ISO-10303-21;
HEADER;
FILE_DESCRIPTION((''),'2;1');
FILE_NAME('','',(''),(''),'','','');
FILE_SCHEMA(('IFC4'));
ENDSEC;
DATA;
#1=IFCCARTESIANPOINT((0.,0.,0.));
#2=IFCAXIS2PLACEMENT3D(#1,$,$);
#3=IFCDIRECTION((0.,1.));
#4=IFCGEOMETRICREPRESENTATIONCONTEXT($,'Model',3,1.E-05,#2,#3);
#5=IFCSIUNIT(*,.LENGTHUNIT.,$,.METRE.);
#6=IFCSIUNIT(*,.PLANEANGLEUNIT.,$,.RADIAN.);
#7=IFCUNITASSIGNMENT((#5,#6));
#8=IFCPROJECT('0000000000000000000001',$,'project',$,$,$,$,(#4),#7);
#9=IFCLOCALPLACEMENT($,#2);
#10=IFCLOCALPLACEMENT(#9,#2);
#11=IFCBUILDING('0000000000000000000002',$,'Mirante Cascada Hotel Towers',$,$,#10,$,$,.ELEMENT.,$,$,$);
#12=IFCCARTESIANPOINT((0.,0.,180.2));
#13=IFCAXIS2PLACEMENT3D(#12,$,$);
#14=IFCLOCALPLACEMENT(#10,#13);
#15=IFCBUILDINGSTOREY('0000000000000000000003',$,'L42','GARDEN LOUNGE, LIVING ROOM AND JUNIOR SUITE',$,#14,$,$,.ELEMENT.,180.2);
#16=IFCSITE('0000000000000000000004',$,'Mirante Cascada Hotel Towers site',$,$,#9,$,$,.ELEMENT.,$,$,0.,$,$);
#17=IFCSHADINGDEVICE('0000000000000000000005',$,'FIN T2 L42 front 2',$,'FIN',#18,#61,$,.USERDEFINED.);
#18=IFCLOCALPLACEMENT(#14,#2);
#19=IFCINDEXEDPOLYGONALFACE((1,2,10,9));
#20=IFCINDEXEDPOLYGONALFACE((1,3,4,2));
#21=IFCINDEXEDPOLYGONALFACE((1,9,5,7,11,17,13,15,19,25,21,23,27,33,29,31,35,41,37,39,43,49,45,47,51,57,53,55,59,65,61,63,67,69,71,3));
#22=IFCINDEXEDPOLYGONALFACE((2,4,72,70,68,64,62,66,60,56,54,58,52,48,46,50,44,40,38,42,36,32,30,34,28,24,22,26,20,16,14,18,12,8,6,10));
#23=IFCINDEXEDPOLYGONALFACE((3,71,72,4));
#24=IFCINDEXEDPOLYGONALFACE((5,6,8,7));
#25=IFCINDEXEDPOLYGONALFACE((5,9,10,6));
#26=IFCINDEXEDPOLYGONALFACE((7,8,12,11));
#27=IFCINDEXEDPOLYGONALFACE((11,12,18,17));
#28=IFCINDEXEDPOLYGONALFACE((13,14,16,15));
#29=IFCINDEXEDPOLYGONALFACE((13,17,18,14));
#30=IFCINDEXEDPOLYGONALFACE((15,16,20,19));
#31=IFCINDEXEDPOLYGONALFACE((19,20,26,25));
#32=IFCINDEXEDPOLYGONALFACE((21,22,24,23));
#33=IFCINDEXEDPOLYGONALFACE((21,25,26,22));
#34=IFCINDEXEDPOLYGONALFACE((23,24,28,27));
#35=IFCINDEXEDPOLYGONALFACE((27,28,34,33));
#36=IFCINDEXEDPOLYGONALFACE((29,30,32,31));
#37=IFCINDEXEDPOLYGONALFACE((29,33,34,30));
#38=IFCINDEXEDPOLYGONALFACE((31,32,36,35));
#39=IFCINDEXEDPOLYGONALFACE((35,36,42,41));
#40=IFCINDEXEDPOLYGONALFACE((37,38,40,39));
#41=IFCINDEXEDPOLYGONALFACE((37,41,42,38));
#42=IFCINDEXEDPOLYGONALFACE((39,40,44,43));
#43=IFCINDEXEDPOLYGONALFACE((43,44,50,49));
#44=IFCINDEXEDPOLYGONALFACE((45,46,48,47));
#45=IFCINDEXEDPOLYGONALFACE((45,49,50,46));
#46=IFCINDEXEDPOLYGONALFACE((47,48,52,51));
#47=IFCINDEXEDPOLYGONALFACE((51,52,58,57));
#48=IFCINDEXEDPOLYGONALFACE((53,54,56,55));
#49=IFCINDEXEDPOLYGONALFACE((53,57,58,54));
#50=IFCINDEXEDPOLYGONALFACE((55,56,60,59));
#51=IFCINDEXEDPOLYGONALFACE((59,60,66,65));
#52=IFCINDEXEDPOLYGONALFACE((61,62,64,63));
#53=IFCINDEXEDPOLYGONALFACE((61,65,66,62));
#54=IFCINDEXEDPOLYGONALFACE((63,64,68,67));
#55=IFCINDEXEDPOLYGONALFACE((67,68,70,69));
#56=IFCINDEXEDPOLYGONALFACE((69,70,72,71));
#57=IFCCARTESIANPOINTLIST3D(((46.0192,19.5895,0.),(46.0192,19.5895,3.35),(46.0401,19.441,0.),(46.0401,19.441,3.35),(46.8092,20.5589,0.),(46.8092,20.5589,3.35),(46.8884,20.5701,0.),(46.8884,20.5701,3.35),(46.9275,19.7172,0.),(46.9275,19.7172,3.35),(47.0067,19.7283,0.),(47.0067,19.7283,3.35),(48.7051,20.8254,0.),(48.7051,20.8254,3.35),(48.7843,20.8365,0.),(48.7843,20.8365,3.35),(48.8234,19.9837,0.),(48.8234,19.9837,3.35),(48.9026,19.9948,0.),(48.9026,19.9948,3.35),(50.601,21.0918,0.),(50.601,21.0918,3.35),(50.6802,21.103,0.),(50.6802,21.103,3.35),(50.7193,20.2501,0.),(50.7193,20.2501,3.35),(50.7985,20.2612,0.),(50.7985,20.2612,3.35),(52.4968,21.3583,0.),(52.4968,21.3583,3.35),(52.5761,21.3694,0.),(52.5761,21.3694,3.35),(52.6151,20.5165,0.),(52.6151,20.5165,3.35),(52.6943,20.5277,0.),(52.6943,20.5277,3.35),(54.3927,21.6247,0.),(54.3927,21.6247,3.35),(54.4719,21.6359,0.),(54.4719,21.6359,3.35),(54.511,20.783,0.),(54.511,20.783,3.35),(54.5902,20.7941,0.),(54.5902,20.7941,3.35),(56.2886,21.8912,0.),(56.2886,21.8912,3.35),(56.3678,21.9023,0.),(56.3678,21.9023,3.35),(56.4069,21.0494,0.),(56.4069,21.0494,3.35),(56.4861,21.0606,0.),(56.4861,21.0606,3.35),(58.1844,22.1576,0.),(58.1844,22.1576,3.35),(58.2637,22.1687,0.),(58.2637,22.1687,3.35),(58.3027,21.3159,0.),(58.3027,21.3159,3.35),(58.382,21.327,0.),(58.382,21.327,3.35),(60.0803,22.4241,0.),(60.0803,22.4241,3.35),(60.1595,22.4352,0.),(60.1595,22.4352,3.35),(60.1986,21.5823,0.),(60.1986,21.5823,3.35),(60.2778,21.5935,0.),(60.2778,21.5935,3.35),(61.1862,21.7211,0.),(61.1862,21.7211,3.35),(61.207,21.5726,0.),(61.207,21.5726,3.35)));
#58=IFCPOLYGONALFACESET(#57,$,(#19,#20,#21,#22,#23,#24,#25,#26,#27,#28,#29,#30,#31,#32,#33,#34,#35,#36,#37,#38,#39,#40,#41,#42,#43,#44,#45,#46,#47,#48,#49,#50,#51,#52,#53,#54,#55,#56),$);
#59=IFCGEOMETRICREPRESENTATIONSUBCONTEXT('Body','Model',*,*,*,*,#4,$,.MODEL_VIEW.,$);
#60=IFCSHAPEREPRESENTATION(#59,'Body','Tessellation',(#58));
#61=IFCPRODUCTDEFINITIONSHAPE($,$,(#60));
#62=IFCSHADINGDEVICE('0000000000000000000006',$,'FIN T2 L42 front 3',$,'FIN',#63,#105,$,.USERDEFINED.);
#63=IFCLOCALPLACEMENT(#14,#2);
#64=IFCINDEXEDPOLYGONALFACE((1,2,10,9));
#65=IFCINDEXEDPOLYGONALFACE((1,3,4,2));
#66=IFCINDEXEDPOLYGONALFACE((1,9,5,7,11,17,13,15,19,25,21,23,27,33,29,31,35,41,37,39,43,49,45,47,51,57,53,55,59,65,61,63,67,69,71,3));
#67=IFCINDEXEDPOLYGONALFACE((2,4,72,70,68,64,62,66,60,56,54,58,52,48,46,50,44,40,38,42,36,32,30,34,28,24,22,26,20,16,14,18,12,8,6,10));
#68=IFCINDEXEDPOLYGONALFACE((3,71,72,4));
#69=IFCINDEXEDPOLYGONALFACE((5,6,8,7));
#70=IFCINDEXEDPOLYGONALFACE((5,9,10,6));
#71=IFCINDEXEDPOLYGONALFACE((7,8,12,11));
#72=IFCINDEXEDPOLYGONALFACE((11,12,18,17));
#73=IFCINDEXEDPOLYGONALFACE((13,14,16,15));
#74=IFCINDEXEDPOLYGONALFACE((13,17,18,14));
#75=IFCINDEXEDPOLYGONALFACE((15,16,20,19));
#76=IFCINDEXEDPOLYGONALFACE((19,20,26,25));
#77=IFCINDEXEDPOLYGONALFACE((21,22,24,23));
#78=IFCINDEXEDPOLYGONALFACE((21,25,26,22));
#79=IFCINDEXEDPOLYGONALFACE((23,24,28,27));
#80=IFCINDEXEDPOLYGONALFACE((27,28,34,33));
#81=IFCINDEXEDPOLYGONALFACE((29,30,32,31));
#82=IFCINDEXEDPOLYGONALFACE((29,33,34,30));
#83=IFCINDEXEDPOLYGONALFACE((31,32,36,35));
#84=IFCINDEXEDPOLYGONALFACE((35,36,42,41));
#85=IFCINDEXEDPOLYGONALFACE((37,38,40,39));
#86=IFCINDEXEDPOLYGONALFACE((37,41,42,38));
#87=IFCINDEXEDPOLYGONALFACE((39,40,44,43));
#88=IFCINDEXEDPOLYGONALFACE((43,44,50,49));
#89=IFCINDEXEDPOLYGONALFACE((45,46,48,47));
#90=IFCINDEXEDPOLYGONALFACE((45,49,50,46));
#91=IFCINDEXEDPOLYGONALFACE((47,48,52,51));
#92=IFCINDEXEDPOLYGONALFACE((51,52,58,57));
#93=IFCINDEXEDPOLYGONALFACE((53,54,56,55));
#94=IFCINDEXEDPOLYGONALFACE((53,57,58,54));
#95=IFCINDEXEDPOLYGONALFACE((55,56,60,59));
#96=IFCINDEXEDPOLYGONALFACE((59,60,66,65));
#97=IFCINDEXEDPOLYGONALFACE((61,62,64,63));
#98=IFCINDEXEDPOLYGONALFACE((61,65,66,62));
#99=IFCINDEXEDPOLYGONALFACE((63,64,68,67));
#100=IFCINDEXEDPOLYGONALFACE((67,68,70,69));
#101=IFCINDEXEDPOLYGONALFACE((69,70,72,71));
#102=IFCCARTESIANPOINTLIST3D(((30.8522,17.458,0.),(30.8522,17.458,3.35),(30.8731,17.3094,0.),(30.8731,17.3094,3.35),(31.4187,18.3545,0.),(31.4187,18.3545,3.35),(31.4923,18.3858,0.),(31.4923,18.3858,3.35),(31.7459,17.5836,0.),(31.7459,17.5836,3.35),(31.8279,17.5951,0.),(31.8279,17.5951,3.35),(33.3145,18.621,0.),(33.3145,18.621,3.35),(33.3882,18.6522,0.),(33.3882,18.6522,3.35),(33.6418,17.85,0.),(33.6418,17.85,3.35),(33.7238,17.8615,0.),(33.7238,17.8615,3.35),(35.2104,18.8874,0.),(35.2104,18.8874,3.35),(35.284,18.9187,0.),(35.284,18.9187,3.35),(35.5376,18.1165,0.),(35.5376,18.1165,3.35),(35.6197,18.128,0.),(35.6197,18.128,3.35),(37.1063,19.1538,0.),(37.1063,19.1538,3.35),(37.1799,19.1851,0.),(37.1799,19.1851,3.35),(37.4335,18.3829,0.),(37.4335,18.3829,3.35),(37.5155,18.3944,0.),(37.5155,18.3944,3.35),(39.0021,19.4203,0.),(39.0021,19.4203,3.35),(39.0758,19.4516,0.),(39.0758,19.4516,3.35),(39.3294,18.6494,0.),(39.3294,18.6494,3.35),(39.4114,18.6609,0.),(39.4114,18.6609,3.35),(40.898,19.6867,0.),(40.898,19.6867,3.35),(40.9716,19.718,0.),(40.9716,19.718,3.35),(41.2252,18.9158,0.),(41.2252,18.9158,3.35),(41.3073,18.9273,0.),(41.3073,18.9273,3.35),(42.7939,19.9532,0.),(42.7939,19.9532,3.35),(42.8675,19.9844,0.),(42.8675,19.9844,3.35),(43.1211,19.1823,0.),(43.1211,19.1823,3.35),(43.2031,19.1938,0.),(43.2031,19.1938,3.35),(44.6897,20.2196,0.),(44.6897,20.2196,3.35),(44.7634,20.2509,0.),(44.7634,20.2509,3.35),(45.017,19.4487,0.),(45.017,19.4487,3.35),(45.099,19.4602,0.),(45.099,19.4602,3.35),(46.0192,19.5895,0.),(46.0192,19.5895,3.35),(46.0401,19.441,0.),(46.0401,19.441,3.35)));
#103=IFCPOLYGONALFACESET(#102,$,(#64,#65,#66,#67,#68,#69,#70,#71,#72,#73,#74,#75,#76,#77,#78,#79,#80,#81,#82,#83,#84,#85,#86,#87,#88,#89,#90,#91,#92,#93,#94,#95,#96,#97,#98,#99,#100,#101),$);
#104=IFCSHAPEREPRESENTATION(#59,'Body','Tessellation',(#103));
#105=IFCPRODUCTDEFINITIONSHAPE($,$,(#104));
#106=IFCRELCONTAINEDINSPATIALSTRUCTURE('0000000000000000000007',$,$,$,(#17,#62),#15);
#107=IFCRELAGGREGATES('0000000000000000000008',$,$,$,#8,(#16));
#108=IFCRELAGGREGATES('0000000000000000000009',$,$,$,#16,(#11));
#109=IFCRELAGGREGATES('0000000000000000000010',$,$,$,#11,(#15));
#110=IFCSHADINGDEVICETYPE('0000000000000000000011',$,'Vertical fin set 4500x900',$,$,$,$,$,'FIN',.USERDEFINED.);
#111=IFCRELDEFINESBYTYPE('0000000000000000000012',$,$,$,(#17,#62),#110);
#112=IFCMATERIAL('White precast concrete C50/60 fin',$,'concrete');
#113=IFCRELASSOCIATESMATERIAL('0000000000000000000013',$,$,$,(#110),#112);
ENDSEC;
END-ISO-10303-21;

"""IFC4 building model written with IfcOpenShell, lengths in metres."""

from ifc_helpers import new_model, si_unit, direction, frame, origin, place, context, subcontext, project, spatial, polyline, outline, extrude, material, type_object, element, save


model = new_model("IFC4")

# Units and contexts
model_context = context("Model", 3, precision=1e-05, world=origin(), true_north=direction((0.0, 1.0)))
body_context = subcontext(model_context, "Body", "Model", "MODEL_VIEW")
ifc_project = project(units=[si_unit("LENGTHUNIT", "METRE"), si_unit("PLANEANGLEUNIT", "RADIAN")], contexts=[model_context])

# Site, building, storey
site_placement = place(None, origin())
site = spatial("IfcSite", under=ifc_project, at=site_placement, Name="Mirante Cascada Hotel Towers site", CompositionType="ELEMENT", RefElevation=0.0)
building_placement = place(site_placement, origin())
building = spatial("IfcBuilding", under=site, at=building_placement, Name="Mirante Cascada Hotel Towers", CompositionType="ELEMENT")
storey_placement = place(building_placement, frame((0.0, 0.0, 180.2)))
storey = spatial("IfcBuildingStorey", under=building, at=storey_placement, Name="L42", Description="GARDEN LOUNGE, LIVING ROOM AND JUNIOR SUITE", CompositionType="ELEMENT", Elevation=180.2)

# Shading devices
ifc_material_1 = material(Name="White precast concrete C50/60 fin", Category="concrete")
shading_device_type = type_object("IfcShadingDeviceType", Name="Vertical fin set 4500x900", ElementType="FIN", PredefinedType="USERDEFINED", material=ifc_material_1)
shading_device_1_placement = place(storey_placement, origin())
element("IfcShadingDevice", 1, at=shading_device_1_placement, inside=storey, type_object=shading_device_type, Name="FIN T2 L42 front 2", ObjectType="FIN", PredefinedType="USERDEFINED", context=body_context, shape_type="SweptSolid", body=[
    extrude(outline(polyline([(46.8884, 20.5701), (47.0067, 19.7283), (48.8234, 19.9837), (48.7051, 20.8254), (48.7843, 20.8365), (48.9026, 19.9948), (50.7193, 20.2501), (50.601, 21.0918), (50.6802, 21.103), (50.7985, 20.2612), (52.6151, 20.5165), (52.4968, 21.3583), (52.5761, 21.3694), (52.6943, 20.5277), (54.511, 20.783), (54.3927, 21.6247), (54.4719, 21.6359), (54.5902, 20.7941), (56.4069, 21.0494), (56.2886, 21.8912), (56.3678, 21.9023), (56.4861, 21.0606), (58.3027, 21.3159), (58.1844, 22.1576), (58.2637, 22.1687), (58.382, 21.327), (60.1986, 21.5823), (60.0803, 22.4241), (60.1595, 22.4352), (60.2778, 21.5935), (61.1862, 21.7211), (61.207, 21.5726), (46.0401, 19.441), (46.0192, 19.5895), (46.9275, 19.7172), (46.8092, 20.5589), (46.8884, 20.5701)])), origin(), (0.0, 0.0, 1.0), 3.35),
])
shading_device_2_placement = place(storey_placement, origin())
element("IfcShadingDevice", 2, at=shading_device_2_placement, inside=storey, type_object=shading_device_type, Name="FIN T2 L42 front 3", ObjectType="FIN", PredefinedType="USERDEFINED", context=body_context, shape_type="SweptSolid", body=[
    extrude(outline(polyline([(31.4923, 18.3858), (31.8279, 17.5951), (33.6418, 17.85), (33.3145, 18.621), (33.3882, 18.6522), (33.7238, 17.8615), (35.5376, 18.1165), (35.2104, 18.8874), (35.284, 18.9187), (35.6197, 18.128), (37.4335, 18.3829), (37.1063, 19.1538), (37.1799, 19.1851), (37.5155, 18.3944), (39.3294, 18.6494), (39.0021, 19.4203), (39.0758, 19.4516), (39.4114, 18.6609), (41.2252, 18.9158), (40.898, 19.6867), (40.9716, 19.718), (41.3073, 18.9273), (43.1211, 19.1823), (42.7939, 19.9532), (42.8675, 19.9844), (43.2031, 19.1938), (45.017, 19.4487), (44.6897, 20.2196), (44.7634, 20.2509), (45.099, 19.4602), (46.0192, 19.5895), (46.0401, 19.441), (30.8731, 17.3094), (30.8522, 17.458), (31.7459, 17.5836), (31.4187, 18.3545), (31.4923, 18.3858)])), origin(), (0.0, 0.0, 1.0), 3.35),
])

save(model, "model.ifc")
